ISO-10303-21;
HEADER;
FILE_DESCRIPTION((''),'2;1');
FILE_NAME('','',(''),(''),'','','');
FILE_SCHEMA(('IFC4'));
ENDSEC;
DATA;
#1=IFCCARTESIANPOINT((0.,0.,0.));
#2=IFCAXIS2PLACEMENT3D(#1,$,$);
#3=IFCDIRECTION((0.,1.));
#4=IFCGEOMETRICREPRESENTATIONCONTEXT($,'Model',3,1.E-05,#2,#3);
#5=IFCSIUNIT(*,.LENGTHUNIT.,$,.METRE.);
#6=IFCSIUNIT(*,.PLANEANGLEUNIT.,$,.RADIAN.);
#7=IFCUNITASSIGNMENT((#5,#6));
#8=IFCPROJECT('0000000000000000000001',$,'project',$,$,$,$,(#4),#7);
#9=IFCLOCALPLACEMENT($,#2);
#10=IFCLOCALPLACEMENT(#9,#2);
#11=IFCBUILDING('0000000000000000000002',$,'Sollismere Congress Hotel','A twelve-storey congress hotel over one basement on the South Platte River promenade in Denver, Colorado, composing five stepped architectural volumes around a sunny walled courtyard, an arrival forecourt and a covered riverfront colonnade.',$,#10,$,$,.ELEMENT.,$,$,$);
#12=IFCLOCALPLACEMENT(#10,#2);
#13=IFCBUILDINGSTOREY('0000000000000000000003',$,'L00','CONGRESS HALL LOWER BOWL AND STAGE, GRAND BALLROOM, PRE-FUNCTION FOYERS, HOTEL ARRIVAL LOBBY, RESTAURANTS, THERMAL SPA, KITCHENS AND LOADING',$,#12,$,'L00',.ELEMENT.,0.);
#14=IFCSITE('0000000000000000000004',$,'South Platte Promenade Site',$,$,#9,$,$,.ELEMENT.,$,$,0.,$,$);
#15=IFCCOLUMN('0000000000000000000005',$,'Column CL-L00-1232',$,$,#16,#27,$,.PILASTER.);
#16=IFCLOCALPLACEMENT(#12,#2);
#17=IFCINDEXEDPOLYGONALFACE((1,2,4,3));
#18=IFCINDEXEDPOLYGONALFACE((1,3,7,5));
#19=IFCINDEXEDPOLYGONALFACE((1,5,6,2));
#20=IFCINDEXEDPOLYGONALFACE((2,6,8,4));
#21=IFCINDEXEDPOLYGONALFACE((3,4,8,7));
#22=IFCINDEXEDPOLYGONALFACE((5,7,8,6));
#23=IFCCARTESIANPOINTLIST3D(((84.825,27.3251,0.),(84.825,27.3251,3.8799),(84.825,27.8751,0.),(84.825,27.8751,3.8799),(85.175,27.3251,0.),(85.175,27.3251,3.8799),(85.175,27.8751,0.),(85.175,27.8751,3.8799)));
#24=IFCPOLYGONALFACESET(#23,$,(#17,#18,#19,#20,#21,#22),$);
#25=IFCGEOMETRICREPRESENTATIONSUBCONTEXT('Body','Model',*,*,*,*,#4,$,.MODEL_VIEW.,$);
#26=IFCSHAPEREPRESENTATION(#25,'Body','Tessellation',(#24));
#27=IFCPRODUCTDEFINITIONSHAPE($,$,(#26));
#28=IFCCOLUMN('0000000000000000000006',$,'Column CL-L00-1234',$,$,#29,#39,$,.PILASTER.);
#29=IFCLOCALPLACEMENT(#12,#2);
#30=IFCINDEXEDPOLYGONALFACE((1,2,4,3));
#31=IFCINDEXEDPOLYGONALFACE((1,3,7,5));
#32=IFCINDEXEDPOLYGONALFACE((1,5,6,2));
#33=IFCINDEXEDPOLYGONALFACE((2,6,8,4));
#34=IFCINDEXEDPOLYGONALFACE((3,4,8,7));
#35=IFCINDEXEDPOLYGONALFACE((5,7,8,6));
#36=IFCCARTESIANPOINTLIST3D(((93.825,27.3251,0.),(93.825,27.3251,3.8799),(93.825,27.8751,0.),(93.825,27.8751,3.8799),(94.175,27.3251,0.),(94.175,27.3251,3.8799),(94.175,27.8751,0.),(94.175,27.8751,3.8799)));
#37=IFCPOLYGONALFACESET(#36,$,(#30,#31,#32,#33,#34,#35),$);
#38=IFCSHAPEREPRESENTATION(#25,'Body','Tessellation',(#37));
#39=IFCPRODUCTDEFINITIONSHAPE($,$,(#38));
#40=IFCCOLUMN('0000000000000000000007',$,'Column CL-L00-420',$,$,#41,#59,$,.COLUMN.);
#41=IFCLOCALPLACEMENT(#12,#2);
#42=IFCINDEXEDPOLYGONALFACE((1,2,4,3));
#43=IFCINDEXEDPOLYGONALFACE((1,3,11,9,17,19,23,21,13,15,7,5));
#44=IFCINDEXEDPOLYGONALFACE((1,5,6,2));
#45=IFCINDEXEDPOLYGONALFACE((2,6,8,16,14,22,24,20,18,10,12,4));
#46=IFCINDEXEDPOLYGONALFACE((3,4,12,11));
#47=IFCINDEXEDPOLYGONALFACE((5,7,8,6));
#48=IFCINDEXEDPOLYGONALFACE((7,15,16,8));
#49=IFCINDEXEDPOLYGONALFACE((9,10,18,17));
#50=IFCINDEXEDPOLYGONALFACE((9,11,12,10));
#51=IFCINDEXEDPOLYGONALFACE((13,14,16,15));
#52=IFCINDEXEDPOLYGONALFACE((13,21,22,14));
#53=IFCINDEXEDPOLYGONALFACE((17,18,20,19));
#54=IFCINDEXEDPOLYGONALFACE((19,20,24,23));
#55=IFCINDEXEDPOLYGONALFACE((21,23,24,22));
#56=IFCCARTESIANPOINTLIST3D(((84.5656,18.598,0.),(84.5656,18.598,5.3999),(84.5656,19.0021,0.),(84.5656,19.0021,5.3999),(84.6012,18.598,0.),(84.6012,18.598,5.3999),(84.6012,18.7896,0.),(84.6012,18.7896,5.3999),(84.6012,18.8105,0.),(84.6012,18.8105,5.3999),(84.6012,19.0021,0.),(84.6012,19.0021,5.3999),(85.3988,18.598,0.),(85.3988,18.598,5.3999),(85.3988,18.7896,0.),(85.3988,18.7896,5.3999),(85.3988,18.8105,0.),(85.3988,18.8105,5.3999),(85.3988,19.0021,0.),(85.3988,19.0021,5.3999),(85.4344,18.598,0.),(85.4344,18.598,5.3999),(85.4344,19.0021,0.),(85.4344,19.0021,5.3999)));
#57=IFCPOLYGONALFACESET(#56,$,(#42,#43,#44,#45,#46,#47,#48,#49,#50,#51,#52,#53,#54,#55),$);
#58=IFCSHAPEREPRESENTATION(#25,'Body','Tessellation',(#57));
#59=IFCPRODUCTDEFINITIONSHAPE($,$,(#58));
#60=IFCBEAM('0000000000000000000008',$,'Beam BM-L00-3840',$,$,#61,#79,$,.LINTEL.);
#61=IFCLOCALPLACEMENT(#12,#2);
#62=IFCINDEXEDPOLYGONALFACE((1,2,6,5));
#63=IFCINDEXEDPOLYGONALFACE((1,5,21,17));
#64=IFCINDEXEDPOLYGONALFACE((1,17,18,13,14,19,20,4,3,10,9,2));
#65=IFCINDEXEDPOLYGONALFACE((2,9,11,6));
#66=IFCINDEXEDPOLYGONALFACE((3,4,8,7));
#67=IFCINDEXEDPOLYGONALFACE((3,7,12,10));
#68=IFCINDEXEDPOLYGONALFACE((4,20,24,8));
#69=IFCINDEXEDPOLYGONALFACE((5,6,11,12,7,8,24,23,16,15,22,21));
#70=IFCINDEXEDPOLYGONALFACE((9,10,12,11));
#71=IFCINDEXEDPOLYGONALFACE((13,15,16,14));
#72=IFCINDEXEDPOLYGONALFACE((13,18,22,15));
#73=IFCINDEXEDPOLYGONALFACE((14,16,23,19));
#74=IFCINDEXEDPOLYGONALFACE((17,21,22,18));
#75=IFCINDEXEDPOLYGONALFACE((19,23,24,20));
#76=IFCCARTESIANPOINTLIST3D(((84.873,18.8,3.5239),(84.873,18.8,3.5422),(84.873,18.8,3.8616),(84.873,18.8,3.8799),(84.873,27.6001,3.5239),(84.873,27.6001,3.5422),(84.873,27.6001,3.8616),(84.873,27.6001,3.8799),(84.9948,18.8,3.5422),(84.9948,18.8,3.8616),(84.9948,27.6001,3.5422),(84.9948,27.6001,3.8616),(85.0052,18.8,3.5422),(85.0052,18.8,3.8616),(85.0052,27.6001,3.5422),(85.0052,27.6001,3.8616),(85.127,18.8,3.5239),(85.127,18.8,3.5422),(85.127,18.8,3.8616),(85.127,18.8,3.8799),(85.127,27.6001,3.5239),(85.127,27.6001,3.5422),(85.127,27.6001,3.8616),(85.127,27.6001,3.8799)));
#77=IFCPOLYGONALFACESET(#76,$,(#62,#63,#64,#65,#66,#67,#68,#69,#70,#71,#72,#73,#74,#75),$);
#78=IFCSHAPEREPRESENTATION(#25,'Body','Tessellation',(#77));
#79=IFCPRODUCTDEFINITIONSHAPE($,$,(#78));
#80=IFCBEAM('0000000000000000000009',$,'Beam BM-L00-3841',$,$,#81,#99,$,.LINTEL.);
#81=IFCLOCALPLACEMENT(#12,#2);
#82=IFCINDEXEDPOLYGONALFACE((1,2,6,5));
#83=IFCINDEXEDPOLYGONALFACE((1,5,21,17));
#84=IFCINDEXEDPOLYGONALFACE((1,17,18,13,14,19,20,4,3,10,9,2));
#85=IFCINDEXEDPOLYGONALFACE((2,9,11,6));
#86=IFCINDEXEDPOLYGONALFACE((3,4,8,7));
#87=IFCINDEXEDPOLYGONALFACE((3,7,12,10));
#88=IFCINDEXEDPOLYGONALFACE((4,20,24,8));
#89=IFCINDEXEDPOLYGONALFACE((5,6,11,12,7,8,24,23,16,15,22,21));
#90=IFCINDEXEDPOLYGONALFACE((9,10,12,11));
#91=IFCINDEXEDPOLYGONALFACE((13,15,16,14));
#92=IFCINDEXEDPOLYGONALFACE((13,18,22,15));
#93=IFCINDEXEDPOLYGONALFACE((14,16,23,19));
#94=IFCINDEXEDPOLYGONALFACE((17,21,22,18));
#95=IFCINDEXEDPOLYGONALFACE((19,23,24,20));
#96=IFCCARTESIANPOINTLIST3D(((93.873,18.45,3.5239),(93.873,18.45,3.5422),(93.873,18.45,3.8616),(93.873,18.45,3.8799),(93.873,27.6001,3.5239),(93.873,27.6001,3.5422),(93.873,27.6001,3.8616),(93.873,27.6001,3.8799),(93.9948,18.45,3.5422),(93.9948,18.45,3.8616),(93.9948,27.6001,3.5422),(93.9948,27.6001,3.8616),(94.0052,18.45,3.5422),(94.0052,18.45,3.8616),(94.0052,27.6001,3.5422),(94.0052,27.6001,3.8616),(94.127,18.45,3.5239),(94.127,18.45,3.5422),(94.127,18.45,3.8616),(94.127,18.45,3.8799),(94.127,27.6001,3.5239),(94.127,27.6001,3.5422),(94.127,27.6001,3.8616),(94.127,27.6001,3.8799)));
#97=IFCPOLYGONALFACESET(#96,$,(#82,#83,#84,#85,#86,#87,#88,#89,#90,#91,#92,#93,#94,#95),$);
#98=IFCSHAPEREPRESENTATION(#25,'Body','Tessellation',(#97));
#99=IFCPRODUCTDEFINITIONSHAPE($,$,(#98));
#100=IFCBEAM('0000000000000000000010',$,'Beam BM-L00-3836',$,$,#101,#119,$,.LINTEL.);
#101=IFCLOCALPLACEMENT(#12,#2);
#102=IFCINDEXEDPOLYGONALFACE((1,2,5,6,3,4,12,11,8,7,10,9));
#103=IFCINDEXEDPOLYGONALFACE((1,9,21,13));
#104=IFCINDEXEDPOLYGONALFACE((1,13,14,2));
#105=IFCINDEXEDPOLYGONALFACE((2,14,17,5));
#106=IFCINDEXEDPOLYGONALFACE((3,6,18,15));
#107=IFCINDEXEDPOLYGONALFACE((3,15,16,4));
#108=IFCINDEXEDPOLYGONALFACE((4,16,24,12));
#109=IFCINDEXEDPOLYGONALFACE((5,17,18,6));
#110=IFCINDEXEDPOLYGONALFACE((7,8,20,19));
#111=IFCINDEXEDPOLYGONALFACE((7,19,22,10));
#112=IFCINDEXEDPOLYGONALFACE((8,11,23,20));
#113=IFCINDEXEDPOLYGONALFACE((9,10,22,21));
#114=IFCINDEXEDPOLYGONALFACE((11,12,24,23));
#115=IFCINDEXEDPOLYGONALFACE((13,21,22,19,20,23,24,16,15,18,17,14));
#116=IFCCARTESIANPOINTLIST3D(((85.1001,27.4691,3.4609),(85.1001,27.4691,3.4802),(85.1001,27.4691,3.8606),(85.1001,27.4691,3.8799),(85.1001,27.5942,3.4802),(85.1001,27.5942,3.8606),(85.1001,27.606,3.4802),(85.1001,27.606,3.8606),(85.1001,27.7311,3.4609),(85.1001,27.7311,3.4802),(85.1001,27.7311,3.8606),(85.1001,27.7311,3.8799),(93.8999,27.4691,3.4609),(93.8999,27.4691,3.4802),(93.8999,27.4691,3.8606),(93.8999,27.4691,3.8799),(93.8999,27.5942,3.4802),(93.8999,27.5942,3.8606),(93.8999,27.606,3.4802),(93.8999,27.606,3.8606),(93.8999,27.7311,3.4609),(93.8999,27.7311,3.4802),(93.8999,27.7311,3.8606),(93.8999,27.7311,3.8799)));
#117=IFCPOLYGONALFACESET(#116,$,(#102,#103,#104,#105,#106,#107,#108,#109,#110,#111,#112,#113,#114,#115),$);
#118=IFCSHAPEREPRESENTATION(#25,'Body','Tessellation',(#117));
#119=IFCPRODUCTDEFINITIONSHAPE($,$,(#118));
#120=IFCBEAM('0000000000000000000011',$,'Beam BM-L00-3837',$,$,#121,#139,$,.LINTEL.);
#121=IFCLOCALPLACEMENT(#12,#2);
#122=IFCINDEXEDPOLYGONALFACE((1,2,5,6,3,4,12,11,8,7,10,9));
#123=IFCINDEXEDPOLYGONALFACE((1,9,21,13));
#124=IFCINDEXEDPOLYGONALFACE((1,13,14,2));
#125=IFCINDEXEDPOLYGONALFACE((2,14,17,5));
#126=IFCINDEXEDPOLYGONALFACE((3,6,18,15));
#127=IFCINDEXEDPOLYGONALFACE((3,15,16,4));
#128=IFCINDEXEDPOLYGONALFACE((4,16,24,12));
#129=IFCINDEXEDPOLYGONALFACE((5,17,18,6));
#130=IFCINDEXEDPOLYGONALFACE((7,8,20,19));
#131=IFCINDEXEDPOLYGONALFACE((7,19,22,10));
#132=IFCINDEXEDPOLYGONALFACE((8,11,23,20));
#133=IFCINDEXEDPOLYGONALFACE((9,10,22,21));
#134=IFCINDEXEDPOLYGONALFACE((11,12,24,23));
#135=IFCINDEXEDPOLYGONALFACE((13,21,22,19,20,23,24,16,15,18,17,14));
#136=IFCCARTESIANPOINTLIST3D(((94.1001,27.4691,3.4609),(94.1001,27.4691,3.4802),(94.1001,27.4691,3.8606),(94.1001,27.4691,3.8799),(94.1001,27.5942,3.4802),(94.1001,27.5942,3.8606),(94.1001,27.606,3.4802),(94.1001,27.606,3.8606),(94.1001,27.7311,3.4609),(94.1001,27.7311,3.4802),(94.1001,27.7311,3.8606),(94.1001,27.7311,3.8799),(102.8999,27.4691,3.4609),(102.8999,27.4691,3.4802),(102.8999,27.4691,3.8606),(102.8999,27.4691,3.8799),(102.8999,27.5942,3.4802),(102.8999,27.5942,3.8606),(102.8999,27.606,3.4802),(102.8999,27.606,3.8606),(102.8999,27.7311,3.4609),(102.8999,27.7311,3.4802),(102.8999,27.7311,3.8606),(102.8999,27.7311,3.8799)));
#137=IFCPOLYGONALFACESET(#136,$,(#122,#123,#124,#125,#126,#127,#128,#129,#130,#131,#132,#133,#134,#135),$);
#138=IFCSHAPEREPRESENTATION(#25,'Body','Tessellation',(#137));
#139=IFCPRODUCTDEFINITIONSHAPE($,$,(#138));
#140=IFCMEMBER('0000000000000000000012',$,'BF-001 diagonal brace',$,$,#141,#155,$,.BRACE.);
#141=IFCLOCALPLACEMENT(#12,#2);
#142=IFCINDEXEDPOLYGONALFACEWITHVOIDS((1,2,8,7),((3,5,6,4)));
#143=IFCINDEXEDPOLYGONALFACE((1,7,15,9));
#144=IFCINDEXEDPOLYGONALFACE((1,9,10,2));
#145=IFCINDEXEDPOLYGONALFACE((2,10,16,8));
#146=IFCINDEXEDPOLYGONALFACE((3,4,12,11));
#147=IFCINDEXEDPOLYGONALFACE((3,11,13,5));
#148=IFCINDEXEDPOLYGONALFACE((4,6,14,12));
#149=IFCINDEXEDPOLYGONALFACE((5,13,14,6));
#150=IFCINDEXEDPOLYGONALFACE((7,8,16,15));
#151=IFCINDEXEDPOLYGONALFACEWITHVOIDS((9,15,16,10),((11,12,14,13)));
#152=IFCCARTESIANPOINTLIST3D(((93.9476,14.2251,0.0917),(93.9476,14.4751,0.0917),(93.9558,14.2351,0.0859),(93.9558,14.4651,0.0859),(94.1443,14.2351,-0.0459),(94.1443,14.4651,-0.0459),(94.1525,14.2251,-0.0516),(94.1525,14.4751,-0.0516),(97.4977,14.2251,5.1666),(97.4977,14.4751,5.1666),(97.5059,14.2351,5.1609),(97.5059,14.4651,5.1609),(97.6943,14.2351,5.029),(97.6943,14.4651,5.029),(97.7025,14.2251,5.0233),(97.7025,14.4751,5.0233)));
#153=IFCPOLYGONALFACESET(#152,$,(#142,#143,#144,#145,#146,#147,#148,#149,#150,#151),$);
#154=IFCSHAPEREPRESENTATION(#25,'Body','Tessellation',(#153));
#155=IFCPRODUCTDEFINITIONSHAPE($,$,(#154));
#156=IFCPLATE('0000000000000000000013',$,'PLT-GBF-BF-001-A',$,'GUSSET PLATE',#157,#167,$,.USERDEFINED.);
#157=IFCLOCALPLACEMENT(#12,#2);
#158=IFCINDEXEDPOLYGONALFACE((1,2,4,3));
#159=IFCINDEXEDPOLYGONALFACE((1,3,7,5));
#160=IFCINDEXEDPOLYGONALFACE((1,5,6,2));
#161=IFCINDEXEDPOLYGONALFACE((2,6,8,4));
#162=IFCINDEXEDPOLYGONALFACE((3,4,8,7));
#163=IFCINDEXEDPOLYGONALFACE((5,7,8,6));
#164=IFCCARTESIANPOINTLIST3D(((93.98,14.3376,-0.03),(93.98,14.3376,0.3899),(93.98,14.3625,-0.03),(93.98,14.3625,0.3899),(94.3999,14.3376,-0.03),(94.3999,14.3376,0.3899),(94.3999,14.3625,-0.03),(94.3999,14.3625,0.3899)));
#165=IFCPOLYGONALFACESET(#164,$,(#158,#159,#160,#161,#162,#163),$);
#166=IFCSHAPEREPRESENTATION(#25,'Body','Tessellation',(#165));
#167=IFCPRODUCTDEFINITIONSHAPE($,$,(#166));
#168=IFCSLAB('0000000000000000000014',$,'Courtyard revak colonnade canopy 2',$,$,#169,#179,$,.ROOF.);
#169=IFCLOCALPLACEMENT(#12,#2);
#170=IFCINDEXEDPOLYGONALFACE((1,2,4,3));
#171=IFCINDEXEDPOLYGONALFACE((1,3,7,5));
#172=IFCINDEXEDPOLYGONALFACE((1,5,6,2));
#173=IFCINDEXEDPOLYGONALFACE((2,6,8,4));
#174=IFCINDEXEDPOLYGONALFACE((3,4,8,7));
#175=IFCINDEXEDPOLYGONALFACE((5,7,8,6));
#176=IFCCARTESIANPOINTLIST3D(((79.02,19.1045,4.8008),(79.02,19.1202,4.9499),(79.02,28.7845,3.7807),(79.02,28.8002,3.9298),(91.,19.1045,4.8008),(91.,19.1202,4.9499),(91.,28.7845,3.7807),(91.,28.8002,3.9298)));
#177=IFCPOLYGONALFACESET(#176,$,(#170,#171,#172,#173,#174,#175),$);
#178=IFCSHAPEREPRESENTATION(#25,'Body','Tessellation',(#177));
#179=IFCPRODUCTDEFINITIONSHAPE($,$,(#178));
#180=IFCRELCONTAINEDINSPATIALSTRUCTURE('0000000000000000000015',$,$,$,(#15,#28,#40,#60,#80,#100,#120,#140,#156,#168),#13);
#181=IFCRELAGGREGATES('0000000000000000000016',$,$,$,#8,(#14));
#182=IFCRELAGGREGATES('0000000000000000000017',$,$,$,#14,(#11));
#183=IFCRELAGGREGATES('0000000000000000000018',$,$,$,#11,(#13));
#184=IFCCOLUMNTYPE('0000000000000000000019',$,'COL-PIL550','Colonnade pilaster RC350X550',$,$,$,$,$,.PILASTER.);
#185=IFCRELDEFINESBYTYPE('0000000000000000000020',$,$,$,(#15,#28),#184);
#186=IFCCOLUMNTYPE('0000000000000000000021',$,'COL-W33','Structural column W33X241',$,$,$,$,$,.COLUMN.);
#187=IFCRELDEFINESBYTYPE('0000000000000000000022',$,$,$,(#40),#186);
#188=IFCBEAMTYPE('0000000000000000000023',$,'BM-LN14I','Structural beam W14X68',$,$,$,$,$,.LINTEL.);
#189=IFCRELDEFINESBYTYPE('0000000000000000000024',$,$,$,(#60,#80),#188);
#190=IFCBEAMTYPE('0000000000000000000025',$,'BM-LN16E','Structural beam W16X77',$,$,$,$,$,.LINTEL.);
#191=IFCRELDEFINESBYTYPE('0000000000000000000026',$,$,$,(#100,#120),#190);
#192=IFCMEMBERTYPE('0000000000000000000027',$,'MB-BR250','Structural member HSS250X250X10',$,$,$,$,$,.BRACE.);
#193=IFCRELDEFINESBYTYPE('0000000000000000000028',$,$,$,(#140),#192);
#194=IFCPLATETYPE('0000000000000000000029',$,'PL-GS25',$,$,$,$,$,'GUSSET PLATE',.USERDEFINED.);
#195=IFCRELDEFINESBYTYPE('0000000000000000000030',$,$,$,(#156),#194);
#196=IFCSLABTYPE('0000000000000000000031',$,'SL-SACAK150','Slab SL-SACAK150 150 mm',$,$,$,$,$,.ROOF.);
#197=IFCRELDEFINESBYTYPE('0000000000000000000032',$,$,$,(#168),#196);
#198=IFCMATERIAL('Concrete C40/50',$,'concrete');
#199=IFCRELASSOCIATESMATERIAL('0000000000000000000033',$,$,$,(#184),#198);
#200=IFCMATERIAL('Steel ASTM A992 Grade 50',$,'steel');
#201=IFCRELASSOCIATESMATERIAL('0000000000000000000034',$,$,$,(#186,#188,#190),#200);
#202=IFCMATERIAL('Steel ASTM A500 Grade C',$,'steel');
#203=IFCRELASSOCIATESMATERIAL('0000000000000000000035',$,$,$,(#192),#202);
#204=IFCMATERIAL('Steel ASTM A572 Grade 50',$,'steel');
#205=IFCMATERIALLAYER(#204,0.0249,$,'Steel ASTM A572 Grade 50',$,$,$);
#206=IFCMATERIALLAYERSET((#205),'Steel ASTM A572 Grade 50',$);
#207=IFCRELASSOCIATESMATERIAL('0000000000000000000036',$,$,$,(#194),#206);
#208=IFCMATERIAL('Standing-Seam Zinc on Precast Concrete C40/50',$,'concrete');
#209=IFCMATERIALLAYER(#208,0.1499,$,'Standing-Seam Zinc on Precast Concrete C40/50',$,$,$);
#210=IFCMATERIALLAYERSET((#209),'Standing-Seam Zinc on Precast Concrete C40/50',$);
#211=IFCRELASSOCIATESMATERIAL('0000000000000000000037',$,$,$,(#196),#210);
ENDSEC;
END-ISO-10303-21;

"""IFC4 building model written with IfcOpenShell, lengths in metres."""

from ifc_helpers import new_model, si_unit, direction, frame, origin, origin_2d, place, context, subcontext, project, spatial, polyline, rectangle, hollow_rectangle, i_section, outline, extrude, material, layer, layer_set, material_profile, profile_set, type_object, element, save


model = new_model("IFC4")

# Units and contexts
model_context = context("Model", 3, precision=1e-05, world=origin(), true_north=direction((0.0, 1.0)))
body_context = subcontext(model_context, "Body", "Model", "MODEL_VIEW")
ifc_project = project(units=[si_unit("LENGTHUNIT", "METRE"), si_unit("PLANEANGLEUNIT", "RADIAN")], contexts=[model_context])

# Site, building, storey
site_placement = place(None, origin())
site = spatial("IfcSite", under=ifc_project, at=site_placement, Name="South Platte Promenade Site", CompositionType="ELEMENT", RefElevation=0.0)
building_placement = place(site_placement, origin())
building = spatial("IfcBuilding", under=site, at=building_placement, Name="Sollismere Congress Hotel", Description="A twelve-storey congress hotel over one basement on the South Platte River promenade in Denver, Colorado, composing five stepped architectural volumes around a sunny walled courtyard, an arrival forecourt and a covered riverfront colonnade.", CompositionType="ELEMENT")
storey_placement = place(building_placement, origin())
storey = spatial("IfcBuildingStorey", under=building, at=storey_placement, Name="L00", Description="CONGRESS HALL LOWER BOWL AND STAGE, GRAND BALLROOM, PRE-FUNCTION FOYERS, HOTEL ARRIVAL LOBBY, RESTAURANTS, THERMAL SPA, KITCHENS AND LOADING", LongName="L00", CompositionType="ELEMENT", Elevation=0.0)

# Columns
ifc_material_1 = material(Name="Concrete C40/50", Category="concrete")
ifc_material_profile_1 = material_profile(ifc_material_1, rectangle(XDim=0.3501, YDim=0.55, at=origin_2d()), Name="RC350X550")
ifc_profile_set_1 = profile_set([ifc_material_profile_1], Name="Concrete C40/50")
column_type_1 = type_object("IfcColumnType", Name="COL-PIL550", Description="Colonnade pilaster RC350X550", PredefinedType="PILASTER", material=ifc_profile_set_1)
for number, where, z_axis, x_axis, name in (
    (1, (85.0, 27.6001, 0.0), (0.0, 0.0, 1.0), (1.0, 0.0, 0.0), "Column CL-L00-1232"),
    (2, (94.0, 27.6001, 0.0), (0.0, 0.0, 1.0), (1.0, 0.0, 0.0), "Column CL-L00-1234"),
):
    element("IfcColumn", number, at=place(storey_placement, frame(where, z_axis=z_axis, x_axis=x_axis)), inside=storey, type_object=column_type_1, Name=name, PredefinedType="PILASTER", context=body_context, shape_type="SweptSolid", body=[
        extrude(rectangle(XDim=0.3501, YDim=0.55, at=origin_2d()), origin(), (0.0, 0.0, 1.0), 3.8799),
    ])
ifc_material_2 = material(Name="Steel ASTM A992 Grade 50", Category="steel")
ifc_material_profile_2 = material_profile(ifc_material_2, i_section(OverallWidth=0.4041, OverallDepth=0.8689, WebThickness=0.021, FlangeThickness=0.0356, at=origin_2d()), Name="W33X241")
ifc_profile_set_2 = profile_set([ifc_material_profile_2], Name="Steel ASTM A992 Grade 50")
column_type_2 = type_object("IfcColumnType", Name="COL-W33", Description="Structural column W33X241", PredefinedType="COLUMN", material=ifc_profile_set_2)
column_placement = place(storey_placement, frame((85.0, 18.8, 0.0), z_axis=(0.0, 0.0, 1.0), x_axis=(0.0, 1.0, 0.0)))
element("IfcColumn", 3, at=column_placement, inside=storey, type_object=column_type_2, Name="Column CL-L00-420", PredefinedType="COLUMN", context=body_context, shape_type="SweptSolid", body=[
    extrude(i_section(OverallWidth=0.4041, OverallDepth=0.8689, WebThickness=0.021, FlangeThickness=0.0356, at=origin_2d()), origin(), (0.0, 0.0, 1.0), 5.3999),
])

# Beams
ifc_material_profile_3 = material_profile(ifc_material_2, i_section(OverallWidth=0.2539, OverallDepth=0.356, WebThickness=0.0105, FlangeThickness=0.0183, at=origin_2d()), Name="W14X68")
ifc_profile_set_3 = profile_set([ifc_material_profile_3], Name="Steel ASTM A992 Grade 50")
beam_type_1 = type_object("IfcBeamType", Name="BM-LN14I", Description="Structural beam W14X68", PredefinedType="LINTEL", material=ifc_profile_set_3)
beam_1_placement = place(storey_placement, frame((85.0, 18.8, 3.7019), z_axis=(0.0, 1.0, 0.0), x_axis=(-1.0, 0.0, 0.0)))
element("IfcBeam", 4, at=beam_1_placement, inside=storey, type_object=beam_type_1, Name="Beam BM-L00-3840", PredefinedType="LINTEL", context=body_context, shape_type="SweptSolid", body=[
    extrude(i_section(OverallWidth=0.2539, OverallDepth=0.356, WebThickness=0.0105, FlangeThickness=0.0183, at=origin_2d()), origin(), (0.0, 0.0, 1.0), 8.8),
])
beam_2_placement = place(storey_placement, frame((94.0, 18.45, 3.7019), z_axis=(0.0, 1.0, 0.0), x_axis=(-1.0, 0.0, 0.0)))
element("IfcBeam", 5, at=beam_2_placement, inside=storey, type_object=beam_type_1, Name="Beam BM-L00-3841", PredefinedType="LINTEL", context=body_context, shape_type="SweptSolid", body=[
    extrude(i_section(OverallWidth=0.2539, OverallDepth=0.356, WebThickness=0.0105, FlangeThickness=0.0183, at=origin_2d()), origin(), (0.0, 0.0, 1.0), 9.1501),
])
ifc_material_profile_4 = material_profile(ifc_material_2, i_section(OverallWidth=0.262, OverallDepth=0.4189, WebThickness=0.0117, FlangeThickness=0.0193, at=origin_2d()), Name="W16X77")
ifc_profile_set_4 = profile_set([ifc_material_profile_4], Name="Steel ASTM A992 Grade 50")
beam_type_2 = type_object("IfcBeamType", Name="BM-LN16E", Description="Structural beam W16X77", PredefinedType="LINTEL", material=ifc_profile_set_4)
for number, where, z_axis, x_axis, name in (
    (6, (85.1001, 27.6001, 3.6704), (1.0, 0.0, 0.0), (0.0, 1.0, 0.0), "Beam BM-L00-3836"),
    (7, (94.1001, 27.6001, 3.6704), (1.0, 0.0, 0.0), (0.0, 1.0, 0.0), "Beam BM-L00-3837"),
):
    element("IfcBeam", number, at=place(storey_placement, frame(where, z_axis=z_axis, x_axis=x_axis)), inside=storey, type_object=beam_type_2, Name=name, PredefinedType="LINTEL", context=body_context, shape_type="SweptSolid", body=[
        extrude(i_section(OverallWidth=0.262, OverallDepth=0.4189, WebThickness=0.0117, FlangeThickness=0.0193, at=origin_2d()), origin(), (0.0, 0.0, 1.0), 8.7998),
    ])

# Member
ifc_material_3 = material(Name="Steel ASTM A500 Grade C", Category="steel")
ifc_material_profile_5 = material_profile(ifc_material_3, hollow_rectangle(XDim=0.25, YDim=0.25, WallThickness=0.01, at=origin_2d()), Name="HSS250X250X10")
ifc_profile_set_5 = profile_set([ifc_material_profile_5], Name="Steel ASTM A500 Grade C")
member_type = type_object("IfcMemberType", Name="MB-BR250", Description="Structural member HSS250X250X10", PredefinedType="BRACE", material=ifc_profile_set_5)
member_placement = place(storey_placement, frame((94.05, 14.3501, 0.02), z_axis=(0.5732, 0.0, 0.819415), x_axis=(0.0, 1.0, 0.0)))
element("IfcMember", 8, at=member_placement, inside=storey, type_object=member_type, Name="BF-001 diagonal brace", PredefinedType="BRACE", context=body_context, shape_type="SweptSolid", body=[
    extrude(hollow_rectangle(XDim=0.25, YDim=0.25, WallThickness=0.01, at=origin_2d()), origin(), (0.0, 0.0, 1.0), 6.1934),
])

# Plate
ifc_material_4 = material(Name="Steel ASTM A572 Grade 50", Category="steel")
ifc_layer_1 = layer(ifc_material_4, 0.0249, Name="Steel ASTM A572 Grade 50")
ifc_layer_set_1 = layer_set([ifc_layer_1], Name="Steel ASTM A572 Grade 50")
plate_type = type_object("IfcPlateType", Name="PL-GS25", ElementType="GUSSET PLATE", PredefinedType="USERDEFINED", material=ifc_layer_set_1)
plate_placement = place(storey_placement, frame((94.1899, 14.3501, -0.03), z_axis=(0.0, 0.0, 1.0), x_axis=(1.0, 0.0, 0.0)))
element("IfcPlate", 9, at=plate_placement, inside=storey, type_object=plate_type, Name="PLT-GBF-BF-001-A", ObjectType="GUSSET PLATE", PredefinedType="USERDEFINED", context=body_context, shape_type="SweptSolid", body=[
    extrude(rectangle(XDim=0.4199, YDim=0.0249, at=origin_2d()), origin(), (0.0, 0.0, 1.0), 0.4199),
])

# Slab
ifc_material_5 = material(Name="Standing-Seam Zinc on Precast Concrete C40/50", Category="concrete")
ifc_layer_2 = layer(ifc_material_5, 0.1499, Name="Standing-Seam Zinc on Precast Concrete C40/50")
ifc_layer_set_2 = layer_set([ifc_layer_2], Name="Standing-Seam Zinc on Precast Concrete C40/50")
slab_type = type_object("IfcSlabType", Name="SL-SACAK150", Description="Slab SL-SACAK150 150 mm", PredefinedType="ROOF", material=ifc_layer_set_2)
slab_1_placement = place(storey_placement, frame((79.02, 19.1045, 4.8008), z_axis=(0.0, 0.104794, 0.994494), x_axis=(1.0, 0.0, 0.0)))
element("IfcSlab", 10, at=slab_1_placement, inside=storey, type_object=slab_type, Name="Courtyard revak colonnade canopy 2", PredefinedType="ROOF", context=body_context, shape_type="SweptSolid", body=[
    extrude(outline(polyline([(0.0, 0.0), (11.98, 0.0), (11.98, 9.7336), (0.0, 9.7336), (0.0, 0.0)])), origin(), (0.0, 0.0, 1.0), 0.1499),
])

save(model, "model.ifc")
